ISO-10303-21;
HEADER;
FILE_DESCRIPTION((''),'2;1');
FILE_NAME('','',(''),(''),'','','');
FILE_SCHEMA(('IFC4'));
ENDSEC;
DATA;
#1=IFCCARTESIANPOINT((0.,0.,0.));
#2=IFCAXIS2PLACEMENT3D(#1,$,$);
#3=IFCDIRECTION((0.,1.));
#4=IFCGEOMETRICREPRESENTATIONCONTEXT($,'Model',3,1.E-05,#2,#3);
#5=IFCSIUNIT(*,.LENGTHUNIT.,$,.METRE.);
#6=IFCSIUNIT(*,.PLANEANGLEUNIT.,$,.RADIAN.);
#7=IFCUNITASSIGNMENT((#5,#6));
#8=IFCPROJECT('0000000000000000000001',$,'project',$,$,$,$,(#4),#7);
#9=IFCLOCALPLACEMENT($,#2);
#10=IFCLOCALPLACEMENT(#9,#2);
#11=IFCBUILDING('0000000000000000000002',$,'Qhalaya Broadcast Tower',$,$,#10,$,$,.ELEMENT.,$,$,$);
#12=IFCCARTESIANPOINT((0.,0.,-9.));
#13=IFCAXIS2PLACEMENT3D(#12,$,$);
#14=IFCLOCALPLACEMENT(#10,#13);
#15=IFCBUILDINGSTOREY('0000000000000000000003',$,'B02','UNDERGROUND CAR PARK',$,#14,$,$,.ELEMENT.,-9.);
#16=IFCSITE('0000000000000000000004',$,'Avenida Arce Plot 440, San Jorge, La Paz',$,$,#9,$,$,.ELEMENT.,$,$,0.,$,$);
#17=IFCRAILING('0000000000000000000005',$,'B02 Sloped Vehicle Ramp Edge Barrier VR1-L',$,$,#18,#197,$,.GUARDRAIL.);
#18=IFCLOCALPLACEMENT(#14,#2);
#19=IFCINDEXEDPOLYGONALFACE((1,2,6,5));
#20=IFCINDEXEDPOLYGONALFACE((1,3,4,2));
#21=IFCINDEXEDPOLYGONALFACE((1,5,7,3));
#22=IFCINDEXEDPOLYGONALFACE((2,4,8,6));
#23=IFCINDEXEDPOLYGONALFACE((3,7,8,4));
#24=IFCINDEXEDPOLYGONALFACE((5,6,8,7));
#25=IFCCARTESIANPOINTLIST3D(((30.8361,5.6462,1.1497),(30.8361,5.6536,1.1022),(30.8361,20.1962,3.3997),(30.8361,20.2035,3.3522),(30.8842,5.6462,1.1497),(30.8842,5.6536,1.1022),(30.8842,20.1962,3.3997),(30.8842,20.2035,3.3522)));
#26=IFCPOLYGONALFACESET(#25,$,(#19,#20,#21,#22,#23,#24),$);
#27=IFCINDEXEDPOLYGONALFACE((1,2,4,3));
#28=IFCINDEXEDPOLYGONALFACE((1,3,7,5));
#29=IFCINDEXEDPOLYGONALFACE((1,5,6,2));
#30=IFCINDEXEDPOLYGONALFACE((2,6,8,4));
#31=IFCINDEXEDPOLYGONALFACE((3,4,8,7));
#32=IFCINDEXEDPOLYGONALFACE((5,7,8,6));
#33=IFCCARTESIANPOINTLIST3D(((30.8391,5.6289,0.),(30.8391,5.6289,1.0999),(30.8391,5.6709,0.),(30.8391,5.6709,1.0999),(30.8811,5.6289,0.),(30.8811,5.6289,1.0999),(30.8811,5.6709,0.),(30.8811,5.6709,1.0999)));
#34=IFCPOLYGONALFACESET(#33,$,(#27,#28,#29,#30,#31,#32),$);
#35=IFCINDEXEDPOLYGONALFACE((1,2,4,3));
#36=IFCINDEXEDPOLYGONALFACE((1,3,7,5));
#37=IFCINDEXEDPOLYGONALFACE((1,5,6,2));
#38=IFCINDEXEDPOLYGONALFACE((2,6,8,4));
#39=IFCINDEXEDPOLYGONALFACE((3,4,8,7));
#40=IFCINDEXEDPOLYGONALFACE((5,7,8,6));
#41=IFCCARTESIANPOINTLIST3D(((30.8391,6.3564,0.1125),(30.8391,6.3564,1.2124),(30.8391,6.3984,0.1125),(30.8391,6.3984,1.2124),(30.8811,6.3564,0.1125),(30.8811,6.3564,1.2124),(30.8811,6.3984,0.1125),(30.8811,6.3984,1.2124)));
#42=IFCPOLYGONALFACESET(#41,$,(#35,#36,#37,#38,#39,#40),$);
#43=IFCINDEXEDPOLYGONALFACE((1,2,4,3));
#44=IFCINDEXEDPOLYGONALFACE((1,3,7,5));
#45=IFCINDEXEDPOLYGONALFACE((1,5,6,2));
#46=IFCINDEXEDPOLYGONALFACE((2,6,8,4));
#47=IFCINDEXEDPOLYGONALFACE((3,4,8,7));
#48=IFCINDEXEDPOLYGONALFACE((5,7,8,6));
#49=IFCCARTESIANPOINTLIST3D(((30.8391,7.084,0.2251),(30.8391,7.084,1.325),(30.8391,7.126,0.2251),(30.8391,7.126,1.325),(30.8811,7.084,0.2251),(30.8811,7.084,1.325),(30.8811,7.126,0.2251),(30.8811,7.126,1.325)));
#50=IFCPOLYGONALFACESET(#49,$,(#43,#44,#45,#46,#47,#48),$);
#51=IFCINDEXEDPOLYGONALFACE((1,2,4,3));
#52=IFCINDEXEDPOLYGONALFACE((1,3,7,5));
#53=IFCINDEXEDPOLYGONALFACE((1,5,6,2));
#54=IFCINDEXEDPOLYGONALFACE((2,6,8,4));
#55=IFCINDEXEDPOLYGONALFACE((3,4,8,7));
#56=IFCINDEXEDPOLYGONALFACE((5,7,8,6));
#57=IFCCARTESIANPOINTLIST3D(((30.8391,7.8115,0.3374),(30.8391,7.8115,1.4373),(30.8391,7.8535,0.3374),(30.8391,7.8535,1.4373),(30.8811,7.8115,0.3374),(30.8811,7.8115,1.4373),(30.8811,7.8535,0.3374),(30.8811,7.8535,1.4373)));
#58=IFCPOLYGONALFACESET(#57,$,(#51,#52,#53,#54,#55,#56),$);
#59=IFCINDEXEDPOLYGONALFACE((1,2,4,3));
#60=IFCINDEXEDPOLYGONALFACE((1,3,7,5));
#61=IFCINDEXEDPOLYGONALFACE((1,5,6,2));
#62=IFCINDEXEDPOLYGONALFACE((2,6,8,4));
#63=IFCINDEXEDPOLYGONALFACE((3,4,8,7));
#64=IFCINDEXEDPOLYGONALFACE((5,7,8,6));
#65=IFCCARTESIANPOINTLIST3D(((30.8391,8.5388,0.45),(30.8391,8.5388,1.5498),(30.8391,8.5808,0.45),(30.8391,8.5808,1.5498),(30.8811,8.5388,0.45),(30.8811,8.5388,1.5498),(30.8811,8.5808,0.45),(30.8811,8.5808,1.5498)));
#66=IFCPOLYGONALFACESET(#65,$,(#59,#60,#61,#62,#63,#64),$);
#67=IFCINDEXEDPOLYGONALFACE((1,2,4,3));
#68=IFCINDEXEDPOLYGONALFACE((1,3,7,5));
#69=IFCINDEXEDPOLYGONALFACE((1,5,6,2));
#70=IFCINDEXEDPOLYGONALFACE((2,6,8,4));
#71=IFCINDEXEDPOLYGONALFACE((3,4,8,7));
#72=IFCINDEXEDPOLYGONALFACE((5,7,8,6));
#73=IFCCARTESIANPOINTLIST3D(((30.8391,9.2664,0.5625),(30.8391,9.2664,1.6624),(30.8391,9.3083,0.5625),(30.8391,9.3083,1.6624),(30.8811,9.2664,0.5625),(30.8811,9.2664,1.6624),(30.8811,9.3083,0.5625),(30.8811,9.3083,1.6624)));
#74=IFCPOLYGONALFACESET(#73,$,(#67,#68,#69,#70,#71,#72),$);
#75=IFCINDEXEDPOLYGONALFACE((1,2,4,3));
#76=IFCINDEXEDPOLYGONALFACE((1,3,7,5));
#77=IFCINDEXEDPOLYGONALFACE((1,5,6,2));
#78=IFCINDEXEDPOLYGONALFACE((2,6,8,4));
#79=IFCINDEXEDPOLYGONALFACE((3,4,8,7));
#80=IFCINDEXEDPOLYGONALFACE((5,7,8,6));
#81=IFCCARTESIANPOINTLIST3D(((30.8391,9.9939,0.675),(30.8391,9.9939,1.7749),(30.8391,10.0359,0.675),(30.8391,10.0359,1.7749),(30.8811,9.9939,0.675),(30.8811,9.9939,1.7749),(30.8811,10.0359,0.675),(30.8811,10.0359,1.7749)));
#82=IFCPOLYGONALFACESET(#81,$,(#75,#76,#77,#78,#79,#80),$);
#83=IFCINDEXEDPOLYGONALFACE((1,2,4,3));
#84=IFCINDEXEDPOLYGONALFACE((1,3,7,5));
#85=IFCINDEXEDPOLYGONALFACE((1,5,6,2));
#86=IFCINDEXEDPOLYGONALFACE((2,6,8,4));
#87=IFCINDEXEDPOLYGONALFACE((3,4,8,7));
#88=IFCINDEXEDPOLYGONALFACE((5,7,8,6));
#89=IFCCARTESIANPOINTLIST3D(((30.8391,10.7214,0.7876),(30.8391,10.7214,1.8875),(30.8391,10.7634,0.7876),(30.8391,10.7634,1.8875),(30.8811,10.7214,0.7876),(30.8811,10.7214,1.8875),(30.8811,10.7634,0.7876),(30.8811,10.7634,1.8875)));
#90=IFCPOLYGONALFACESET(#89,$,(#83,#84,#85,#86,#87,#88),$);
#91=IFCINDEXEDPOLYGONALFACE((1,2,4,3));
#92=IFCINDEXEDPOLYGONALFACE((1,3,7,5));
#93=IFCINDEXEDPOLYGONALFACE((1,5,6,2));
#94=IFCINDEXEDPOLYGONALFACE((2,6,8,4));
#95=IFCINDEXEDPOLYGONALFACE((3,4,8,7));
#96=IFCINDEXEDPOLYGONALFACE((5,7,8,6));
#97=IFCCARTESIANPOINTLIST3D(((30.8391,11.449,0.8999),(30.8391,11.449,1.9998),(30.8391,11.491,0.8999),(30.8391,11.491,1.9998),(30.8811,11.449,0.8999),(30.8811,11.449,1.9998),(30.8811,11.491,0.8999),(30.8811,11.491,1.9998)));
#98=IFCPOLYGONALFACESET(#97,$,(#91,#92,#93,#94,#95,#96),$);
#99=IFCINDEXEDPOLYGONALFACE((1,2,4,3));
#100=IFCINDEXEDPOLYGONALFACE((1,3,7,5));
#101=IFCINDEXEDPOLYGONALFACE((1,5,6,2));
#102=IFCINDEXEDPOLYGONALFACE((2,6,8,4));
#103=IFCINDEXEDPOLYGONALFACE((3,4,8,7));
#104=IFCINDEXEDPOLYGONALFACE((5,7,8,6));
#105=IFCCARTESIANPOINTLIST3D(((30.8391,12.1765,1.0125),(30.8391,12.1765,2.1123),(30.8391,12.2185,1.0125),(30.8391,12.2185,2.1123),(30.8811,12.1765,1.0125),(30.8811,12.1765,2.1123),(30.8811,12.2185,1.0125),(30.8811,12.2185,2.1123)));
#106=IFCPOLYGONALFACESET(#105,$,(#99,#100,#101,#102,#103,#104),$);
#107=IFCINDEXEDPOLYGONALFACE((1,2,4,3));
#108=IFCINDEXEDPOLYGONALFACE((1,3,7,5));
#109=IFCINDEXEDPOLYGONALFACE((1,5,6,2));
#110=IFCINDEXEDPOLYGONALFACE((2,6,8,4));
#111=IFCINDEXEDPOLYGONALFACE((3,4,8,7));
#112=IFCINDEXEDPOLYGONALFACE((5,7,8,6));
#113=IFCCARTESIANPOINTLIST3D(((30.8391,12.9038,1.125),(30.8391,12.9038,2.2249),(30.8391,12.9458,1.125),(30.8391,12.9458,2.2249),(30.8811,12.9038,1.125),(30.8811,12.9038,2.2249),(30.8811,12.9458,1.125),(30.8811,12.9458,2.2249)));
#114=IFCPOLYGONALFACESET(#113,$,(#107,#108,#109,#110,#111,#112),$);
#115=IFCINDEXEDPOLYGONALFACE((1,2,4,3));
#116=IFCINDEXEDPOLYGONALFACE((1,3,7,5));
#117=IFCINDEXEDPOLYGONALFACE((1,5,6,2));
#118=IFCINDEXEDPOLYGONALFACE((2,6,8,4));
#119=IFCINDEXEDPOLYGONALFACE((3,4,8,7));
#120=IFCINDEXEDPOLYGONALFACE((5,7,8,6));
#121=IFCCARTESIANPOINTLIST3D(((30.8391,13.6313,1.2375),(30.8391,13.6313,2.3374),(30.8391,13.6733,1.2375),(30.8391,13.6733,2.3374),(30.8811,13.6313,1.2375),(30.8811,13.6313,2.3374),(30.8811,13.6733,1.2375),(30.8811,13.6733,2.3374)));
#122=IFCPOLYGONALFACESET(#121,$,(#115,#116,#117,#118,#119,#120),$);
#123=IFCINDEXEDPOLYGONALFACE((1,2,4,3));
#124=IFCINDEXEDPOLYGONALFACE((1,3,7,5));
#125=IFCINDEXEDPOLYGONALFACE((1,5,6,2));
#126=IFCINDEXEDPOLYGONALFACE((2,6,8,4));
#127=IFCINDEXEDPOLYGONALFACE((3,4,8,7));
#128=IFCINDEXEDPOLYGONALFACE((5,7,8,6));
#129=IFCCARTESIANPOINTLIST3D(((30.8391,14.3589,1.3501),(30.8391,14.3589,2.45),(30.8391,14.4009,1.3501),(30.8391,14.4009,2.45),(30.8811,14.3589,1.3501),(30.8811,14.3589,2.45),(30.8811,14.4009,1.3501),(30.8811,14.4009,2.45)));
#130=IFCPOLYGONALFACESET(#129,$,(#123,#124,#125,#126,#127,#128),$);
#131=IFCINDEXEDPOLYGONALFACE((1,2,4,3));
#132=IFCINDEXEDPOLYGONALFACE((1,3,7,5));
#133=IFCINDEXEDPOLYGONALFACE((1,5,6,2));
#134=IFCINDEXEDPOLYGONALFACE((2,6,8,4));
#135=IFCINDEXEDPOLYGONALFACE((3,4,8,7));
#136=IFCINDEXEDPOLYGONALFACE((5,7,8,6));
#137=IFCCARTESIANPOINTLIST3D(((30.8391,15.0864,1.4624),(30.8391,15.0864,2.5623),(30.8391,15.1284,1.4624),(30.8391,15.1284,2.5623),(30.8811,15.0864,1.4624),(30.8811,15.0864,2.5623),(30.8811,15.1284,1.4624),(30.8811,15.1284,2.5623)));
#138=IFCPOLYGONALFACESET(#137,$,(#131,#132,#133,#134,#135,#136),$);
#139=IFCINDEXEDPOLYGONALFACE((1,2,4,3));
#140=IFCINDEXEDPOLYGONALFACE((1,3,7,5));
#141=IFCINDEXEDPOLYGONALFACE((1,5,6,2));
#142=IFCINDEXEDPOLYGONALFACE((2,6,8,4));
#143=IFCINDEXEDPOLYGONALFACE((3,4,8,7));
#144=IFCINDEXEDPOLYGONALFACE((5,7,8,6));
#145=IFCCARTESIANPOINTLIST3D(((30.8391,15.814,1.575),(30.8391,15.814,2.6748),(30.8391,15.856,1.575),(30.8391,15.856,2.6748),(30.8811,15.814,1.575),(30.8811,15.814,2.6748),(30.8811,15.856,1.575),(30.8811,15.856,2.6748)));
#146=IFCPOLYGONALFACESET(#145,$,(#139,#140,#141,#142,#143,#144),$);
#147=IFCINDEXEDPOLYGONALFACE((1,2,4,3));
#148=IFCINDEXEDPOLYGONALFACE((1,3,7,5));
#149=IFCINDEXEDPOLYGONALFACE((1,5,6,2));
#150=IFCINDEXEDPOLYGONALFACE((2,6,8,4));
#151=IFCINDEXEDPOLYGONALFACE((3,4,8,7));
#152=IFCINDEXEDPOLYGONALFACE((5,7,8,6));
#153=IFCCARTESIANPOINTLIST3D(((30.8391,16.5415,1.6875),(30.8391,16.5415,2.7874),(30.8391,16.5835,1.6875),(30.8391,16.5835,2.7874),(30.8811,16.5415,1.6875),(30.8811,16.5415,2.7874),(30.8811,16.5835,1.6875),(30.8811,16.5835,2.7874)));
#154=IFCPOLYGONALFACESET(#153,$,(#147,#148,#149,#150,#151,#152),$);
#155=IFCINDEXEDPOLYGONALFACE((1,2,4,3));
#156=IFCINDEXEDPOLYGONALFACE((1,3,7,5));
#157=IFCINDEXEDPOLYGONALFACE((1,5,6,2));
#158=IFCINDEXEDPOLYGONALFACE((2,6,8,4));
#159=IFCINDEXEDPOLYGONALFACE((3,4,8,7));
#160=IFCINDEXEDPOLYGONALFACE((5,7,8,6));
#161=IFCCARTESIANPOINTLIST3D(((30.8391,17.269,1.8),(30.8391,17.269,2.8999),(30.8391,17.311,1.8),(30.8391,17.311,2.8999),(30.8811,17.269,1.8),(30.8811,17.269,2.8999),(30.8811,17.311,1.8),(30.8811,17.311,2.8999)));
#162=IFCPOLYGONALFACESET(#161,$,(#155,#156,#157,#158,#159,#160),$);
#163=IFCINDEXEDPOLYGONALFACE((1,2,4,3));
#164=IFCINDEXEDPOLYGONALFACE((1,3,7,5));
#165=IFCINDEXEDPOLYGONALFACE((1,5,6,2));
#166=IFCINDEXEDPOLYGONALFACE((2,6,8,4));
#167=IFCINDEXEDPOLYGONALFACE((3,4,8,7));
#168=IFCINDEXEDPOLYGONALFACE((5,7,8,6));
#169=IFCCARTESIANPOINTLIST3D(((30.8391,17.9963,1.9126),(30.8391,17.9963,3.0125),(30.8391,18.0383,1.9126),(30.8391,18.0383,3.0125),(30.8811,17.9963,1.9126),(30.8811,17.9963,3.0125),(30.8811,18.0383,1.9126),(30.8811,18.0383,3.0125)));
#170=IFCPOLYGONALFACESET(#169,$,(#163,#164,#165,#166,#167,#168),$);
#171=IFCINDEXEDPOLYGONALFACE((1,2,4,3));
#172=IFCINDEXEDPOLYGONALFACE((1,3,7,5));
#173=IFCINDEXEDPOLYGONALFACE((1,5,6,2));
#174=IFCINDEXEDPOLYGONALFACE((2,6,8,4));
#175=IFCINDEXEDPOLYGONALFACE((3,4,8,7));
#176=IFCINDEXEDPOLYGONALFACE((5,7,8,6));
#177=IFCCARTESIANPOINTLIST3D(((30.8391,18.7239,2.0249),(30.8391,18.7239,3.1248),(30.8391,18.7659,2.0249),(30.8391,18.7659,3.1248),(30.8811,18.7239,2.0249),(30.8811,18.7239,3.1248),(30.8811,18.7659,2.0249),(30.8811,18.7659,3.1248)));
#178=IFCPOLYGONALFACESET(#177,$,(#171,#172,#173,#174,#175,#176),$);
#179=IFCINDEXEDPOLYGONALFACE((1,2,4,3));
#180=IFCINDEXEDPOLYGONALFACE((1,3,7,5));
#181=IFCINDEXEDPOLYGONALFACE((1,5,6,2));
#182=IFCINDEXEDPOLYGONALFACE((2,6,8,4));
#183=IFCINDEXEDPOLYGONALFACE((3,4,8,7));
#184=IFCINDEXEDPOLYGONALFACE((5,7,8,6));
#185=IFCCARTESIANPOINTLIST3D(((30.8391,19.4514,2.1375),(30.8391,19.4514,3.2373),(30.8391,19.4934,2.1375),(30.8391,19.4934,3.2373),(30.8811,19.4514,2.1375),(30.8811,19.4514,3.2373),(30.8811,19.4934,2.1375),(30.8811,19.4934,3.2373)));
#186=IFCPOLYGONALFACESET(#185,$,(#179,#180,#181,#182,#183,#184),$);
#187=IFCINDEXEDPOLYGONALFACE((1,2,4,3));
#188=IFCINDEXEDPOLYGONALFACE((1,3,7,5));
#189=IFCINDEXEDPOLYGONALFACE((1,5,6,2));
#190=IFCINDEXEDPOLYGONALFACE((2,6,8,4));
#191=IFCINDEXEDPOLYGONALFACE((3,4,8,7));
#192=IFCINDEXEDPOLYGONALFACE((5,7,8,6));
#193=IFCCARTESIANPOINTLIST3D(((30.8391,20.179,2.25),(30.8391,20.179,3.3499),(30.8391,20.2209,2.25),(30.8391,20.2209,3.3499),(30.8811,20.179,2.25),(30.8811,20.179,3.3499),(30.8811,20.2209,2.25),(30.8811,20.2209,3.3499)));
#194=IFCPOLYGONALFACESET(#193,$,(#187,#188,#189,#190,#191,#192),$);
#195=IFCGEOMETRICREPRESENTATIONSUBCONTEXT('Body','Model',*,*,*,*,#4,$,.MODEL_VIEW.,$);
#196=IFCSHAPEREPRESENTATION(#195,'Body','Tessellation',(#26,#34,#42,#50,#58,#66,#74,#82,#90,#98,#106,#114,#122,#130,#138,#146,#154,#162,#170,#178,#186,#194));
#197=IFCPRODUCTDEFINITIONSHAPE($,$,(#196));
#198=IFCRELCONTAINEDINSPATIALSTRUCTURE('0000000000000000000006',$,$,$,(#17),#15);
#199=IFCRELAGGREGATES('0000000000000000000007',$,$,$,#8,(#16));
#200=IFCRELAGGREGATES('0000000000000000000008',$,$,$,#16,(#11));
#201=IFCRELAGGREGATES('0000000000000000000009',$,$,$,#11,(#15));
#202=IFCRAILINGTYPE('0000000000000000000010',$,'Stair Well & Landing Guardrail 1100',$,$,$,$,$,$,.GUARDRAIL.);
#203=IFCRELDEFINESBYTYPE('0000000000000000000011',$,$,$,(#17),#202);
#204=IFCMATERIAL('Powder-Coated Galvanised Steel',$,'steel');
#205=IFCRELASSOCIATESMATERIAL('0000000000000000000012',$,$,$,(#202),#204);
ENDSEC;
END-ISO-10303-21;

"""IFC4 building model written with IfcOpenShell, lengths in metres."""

from ifc_helpers import new_model, si_unit, direction, frame, origin, origin_2d, place, context, subcontext, project, spatial, rectangle, extrude, material, type_object, element, save


model = new_model("IFC4")

# Units and contexts
model_context = context("Model", 3, precision=1e-05, world=origin(), true_north=direction((0.0, 1.0)))
body_context = subcontext(model_context, "Body", "Model", "MODEL_VIEW")
ifc_project = project(units=[si_unit("LENGTHUNIT", "METRE"), si_unit("PLANEANGLEUNIT", "RADIAN")], contexts=[model_context])

# Site, building, storey
site_placement = place(None, origin())
site = spatial("IfcSite", under=ifc_project, at=site_placement, Name="Avenida Arce Plot 440, San Jorge, La Paz", CompositionType="ELEMENT", RefElevation=0.0)
building_placement = place(site_placement, origin())
building = spatial("IfcBuilding", under=site, at=building_placement, Name="Qhalaya Broadcast Tower", CompositionType="ELEMENT")
storey_placement = place(building_placement, frame((0.0, 0.0, -9.0)))
storey = spatial("IfcBuildingStorey", under=building, at=storey_placement, Name="B02", Description="UNDERGROUND CAR PARK", CompositionType="ELEMENT", Elevation=-9.0)

# Railing
ifc_material_1 = material(Name="Powder-Coated Galvanised Steel", Category="steel")
railing_type = type_object("IfcRailingType", Name="Stair Well & Landing Guardrail 1100", PredefinedType="GUARDRAIL", material=ifc_material_1)
railing_1_placement = place(storey_placement, frame((30.8601, 5.6499, 0.0)))
element("IfcRailing", 1, at=railing_1_placement, inside=storey, type_object=railing_type, Name="B02 Sloped Vehicle Ramp Edge Barrier VR1-L", PredefinedType="GUARDRAIL", context=body_context, shape_type="SweptSolid", body=[
    extrude(rectangle(XDim=0.0481, YDim=0.0481, at=origin_2d()), frame((0.0, 0.0, 1.126), z_axis=(0.0, 0.988254, 0.152822), x_axis=(-1.0, 0.0, 0.0)), (0.0, 0.0, 1.0), 14.7229),
    extrude(rectangle(XDim=0.042, YDim=0.042, at=origin_2d()), origin(), (0.0, 0.0, 1.0), 1.0999),
    extrude(rectangle(XDim=0.042, YDim=0.042, at=origin_2d()), frame((0.0, 0.7275, 0.1125)), (0.0, 0.0, 1.0), 1.0999),
    extrude(rectangle(XDim=0.042, YDim=0.042, at=origin_2d()), frame((0.0, 1.4551, 0.2251)), (0.0, 0.0, 1.0), 1.0999),
    extrude(rectangle(XDim=0.042, YDim=0.042, at=origin_2d()), frame((0.0, 2.1826, 0.3374)), (0.0, 0.0, 1.0), 1.0999),
    extrude(rectangle(XDim=0.042, YDim=0.042, at=origin_2d()), frame((0.0, 2.9099, 0.45)), (0.0, 0.0, 1.0), 1.0999),
    extrude(rectangle(XDim=0.042, YDim=0.042, at=origin_2d()), frame((0.0, 3.6375, 0.5625)), (0.0, 0.0, 1.0), 1.0999),
    extrude(rectangle(XDim=0.042, YDim=0.042, at=origin_2d()), frame((0.0, 4.365, 0.675)), (0.0, 0.0, 1.0), 1.0999),
    extrude(rectangle(XDim=0.042, YDim=0.042, at=origin_2d()), frame((0.0, 5.0925, 0.7876)), (0.0, 0.0, 1.0), 1.0999),
    extrude(rectangle(XDim=0.042, YDim=0.042, at=origin_2d()), frame((0.0, 5.8201, 0.8999)), (0.0, 0.0, 1.0), 1.0999),
    extrude(rectangle(XDim=0.042, YDim=0.042, at=origin_2d()), frame((0.0, 6.5476, 1.0125)), (0.0, 0.0, 1.0), 1.0999),
    extrude(rectangle(XDim=0.042, YDim=0.042, at=origin_2d()), frame((0.0, 7.2749, 1.125)), (0.0, 0.0, 1.0), 1.0999),
    extrude(rectangle(XDim=0.042, YDim=0.042, at=origin_2d()), frame((0.0, 8.0024, 1.2375)), (0.0, 0.0, 1.0), 1.0999),
    extrude(rectangle(XDim=0.042, YDim=0.042, at=origin_2d()), frame((0.0, 8.73, 1.3501)), (0.0, 0.0, 1.0), 1.0999),
    extrude(rectangle(XDim=0.042, YDim=0.042, at=origin_2d()), frame((0.0, 9.4575, 1.4624)), (0.0, 0.0, 1.0), 1.0999),
    extrude(rectangle(XDim=0.042, YDim=0.042, at=origin_2d()), frame((0.0, 10.1851, 1.575)), (0.0, 0.0, 1.0), 1.0999),
    extrude(rectangle(XDim=0.042, YDim=0.042, at=origin_2d()), frame((0.0, 10.9126, 1.6875)), (0.0, 0.0, 1.0), 1.0999),
    extrude(rectangle(XDim=0.042, YDim=0.042, at=origin_2d()), frame((0.0, 11.6401, 1.8)), (0.0, 0.0, 1.0), 1.0999),
    extrude(rectangle(XDim=0.042, YDim=0.042, at=origin_2d()), frame((0.0, 12.3674, 1.9126)), (0.0, 0.0, 1.0), 1.0999),
    extrude(rectangle(XDim=0.042, YDim=0.042, at=origin_2d()), frame((0.0, 13.095, 2.0249)), (0.0, 0.0, 1.0), 1.0999),
    extrude(rectangle(XDim=0.042, YDim=0.042, at=origin_2d()), frame((0.0, 13.8225, 2.1375)), (0.0, 0.0, 1.0), 1.0999),
    extrude(rectangle(XDim=0.042, YDim=0.042, at=origin_2d()), frame((0.0, 14.55, 2.25)), (0.0, 0.0, 1.0), 1.0999),
])

save(model, "model.ifc")
